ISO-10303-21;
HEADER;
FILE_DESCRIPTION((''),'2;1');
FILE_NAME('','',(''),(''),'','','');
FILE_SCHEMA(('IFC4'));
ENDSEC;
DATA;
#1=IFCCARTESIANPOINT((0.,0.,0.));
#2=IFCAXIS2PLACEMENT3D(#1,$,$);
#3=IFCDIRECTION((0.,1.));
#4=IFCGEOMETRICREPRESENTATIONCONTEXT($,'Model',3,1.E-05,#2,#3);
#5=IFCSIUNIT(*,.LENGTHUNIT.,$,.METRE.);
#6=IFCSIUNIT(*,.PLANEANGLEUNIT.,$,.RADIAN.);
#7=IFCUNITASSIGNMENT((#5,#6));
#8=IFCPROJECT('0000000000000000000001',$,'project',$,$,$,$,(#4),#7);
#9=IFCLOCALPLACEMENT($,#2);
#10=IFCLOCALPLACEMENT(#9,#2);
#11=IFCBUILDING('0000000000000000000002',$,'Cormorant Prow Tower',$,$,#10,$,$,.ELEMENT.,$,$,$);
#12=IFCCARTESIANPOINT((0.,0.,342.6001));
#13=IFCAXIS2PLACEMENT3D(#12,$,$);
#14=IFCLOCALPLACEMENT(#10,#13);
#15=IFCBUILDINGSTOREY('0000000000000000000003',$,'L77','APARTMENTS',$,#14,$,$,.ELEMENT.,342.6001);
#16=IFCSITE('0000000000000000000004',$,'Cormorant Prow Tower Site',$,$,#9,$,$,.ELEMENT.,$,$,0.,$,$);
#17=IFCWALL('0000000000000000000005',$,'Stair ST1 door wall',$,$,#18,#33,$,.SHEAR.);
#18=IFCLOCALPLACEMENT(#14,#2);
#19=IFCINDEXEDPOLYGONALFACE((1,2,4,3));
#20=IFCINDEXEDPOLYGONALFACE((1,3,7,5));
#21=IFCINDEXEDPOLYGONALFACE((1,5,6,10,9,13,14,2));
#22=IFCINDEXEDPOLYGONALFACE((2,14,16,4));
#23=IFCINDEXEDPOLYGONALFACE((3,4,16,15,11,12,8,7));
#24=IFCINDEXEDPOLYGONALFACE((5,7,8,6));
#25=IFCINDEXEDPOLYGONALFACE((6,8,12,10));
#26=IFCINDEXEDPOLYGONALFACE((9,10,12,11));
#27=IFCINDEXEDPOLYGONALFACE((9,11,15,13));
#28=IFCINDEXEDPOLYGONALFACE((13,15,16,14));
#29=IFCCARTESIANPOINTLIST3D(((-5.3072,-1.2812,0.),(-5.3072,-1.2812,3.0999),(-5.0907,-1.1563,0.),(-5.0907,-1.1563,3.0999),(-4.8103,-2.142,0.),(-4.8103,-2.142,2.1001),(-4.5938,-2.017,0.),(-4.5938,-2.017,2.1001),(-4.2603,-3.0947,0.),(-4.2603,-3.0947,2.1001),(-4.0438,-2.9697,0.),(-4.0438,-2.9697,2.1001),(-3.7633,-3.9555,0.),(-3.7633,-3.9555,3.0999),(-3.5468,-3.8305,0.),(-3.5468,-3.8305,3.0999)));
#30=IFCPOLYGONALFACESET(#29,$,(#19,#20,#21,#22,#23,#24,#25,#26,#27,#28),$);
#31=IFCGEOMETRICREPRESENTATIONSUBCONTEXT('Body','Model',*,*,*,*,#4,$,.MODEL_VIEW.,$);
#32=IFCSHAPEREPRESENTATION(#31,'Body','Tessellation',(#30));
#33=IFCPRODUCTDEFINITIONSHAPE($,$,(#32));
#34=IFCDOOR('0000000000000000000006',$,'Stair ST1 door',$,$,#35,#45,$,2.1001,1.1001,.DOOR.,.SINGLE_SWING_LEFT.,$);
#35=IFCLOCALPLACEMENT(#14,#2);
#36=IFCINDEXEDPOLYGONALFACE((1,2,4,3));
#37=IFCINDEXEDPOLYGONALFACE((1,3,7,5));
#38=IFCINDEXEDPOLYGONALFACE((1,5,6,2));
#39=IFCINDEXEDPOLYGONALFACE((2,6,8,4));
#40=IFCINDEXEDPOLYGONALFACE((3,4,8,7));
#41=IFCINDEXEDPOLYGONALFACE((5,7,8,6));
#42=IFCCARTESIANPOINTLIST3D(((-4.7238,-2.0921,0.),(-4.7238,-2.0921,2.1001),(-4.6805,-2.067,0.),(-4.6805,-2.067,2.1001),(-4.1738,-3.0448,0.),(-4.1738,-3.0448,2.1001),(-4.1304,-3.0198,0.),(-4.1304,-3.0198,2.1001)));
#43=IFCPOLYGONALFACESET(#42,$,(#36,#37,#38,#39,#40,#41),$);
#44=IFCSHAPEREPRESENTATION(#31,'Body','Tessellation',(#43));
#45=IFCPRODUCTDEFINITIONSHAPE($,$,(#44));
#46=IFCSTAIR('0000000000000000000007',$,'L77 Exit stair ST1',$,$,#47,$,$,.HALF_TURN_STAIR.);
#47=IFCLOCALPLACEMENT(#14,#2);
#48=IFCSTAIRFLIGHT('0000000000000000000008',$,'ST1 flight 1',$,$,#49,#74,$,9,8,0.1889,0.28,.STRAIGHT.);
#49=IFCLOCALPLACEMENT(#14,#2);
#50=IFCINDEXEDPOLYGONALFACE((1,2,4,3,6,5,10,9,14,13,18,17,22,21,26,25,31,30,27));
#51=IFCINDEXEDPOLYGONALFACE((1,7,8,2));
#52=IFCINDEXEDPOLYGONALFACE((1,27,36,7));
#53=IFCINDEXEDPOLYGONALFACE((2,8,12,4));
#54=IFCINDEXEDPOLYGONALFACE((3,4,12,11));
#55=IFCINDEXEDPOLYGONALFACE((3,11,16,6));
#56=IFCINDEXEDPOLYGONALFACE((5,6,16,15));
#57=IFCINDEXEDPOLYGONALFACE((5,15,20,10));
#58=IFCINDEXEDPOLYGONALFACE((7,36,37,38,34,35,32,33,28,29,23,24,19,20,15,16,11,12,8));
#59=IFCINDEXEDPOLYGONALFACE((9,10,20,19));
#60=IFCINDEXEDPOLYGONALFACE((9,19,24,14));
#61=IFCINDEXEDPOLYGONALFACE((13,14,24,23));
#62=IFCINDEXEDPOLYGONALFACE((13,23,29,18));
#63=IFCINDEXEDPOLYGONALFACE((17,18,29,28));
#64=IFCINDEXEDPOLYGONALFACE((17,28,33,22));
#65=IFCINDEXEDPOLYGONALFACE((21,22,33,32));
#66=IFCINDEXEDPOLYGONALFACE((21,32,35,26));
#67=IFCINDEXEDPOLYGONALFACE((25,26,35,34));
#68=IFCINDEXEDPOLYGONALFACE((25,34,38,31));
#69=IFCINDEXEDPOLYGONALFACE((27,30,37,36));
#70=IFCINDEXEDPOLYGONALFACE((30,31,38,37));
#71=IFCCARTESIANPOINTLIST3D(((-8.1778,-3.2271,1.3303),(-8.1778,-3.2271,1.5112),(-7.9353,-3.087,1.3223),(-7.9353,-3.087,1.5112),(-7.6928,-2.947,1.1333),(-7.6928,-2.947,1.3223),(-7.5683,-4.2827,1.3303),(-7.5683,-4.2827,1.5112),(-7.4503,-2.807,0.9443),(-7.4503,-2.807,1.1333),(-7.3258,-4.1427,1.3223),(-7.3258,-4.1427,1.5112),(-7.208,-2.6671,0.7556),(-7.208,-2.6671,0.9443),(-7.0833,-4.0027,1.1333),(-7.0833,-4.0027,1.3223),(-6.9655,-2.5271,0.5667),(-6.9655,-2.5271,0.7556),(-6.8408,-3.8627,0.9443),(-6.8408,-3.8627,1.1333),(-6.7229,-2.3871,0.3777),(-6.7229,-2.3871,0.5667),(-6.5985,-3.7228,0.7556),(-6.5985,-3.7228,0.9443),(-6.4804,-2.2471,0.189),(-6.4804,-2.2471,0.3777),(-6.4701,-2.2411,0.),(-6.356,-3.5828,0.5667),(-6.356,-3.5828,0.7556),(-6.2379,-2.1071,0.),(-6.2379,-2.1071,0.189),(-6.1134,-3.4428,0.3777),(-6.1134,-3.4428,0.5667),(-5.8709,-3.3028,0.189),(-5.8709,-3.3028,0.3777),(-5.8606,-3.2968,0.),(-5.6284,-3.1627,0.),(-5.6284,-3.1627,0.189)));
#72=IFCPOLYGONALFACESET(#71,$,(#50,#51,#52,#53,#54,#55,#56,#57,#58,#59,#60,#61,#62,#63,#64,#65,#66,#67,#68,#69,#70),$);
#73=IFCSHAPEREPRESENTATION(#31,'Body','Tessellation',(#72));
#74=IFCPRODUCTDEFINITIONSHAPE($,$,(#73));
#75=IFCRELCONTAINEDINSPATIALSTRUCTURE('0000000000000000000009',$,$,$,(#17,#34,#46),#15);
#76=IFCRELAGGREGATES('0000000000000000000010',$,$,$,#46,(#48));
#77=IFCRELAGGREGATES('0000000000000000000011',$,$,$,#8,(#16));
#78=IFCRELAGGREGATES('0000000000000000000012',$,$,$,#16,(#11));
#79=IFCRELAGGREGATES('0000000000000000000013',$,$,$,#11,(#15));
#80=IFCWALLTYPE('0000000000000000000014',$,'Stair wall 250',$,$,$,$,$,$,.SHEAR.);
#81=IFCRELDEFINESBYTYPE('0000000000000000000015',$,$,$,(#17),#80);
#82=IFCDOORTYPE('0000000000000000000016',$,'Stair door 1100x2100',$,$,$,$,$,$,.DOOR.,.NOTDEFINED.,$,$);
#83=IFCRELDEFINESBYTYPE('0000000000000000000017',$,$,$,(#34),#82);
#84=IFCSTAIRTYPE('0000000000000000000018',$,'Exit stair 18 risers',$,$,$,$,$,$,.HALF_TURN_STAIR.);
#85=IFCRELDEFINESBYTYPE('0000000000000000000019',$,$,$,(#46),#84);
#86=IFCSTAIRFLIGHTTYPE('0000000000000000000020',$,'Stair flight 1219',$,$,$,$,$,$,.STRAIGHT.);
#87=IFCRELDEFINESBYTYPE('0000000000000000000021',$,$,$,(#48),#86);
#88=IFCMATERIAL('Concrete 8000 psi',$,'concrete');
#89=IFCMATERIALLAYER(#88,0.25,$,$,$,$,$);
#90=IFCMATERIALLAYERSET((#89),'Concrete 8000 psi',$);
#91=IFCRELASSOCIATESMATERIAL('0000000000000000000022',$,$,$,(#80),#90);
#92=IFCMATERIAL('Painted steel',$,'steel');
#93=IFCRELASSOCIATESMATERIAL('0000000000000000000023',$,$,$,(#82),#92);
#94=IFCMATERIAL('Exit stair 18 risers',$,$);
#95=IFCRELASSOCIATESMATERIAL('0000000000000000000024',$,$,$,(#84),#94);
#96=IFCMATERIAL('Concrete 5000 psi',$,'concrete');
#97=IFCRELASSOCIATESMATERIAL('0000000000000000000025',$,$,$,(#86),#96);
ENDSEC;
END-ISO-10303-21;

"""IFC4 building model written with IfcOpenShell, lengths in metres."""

from ifc_helpers import new_model, si_unit, direction, frame, frame_2d, origin, place, context, subcontext, project, spatial, polyline, rectangle, outline, extrude, material, layer, layer_set, type_object, element, fill, aggregate, save


model = new_model("IFC4")

# Units and contexts
model_context = context("Model", 3, precision=1e-05, world=origin(), true_north=direction((0.0, 1.0)))
body_context = subcontext(model_context, "Body", "Model", "MODEL_VIEW")
ifc_project = project(units=[si_unit("LENGTHUNIT", "METRE"), si_unit("PLANEANGLEUNIT", "RADIAN")], contexts=[model_context])

# Site, building, storey
site_placement = place(None, origin())
site = spatial("IfcSite", under=ifc_project, at=site_placement, Name="Cormorant Prow Tower Site", CompositionType="ELEMENT", RefElevation=0.0)
building_placement = place(site_placement, origin())
building = spatial("IfcBuilding", under=site, at=building_placement, Name="Cormorant Prow Tower", CompositionType="ELEMENT")
storey_placement = place(building_placement, frame((0.0, 0.0, 342.6001)))
storey = spatial("IfcBuildingStorey", under=building, at=storey_placement, Name="L77", Description="APARTMENTS", CompositionType="ELEMENT", Elevation=342.6001)

# Wall, opening, door
ifc_material_1 = material(Name="Concrete 8000 psi", Category="concrete")
ifc_layer_1 = layer(ifc_material_1, 0.25)
ifc_layer_set_1 = layer_set([ifc_layer_1], Name="Concrete 8000 psi")
wall_type_1 = type_object("IfcWallType", Name="Stair wall 250", PredefinedType="SHEAR", material=ifc_layer_set_1)
wall_1_placement = place(storey_placement, frame((-5.199, -1.2188, 0.0), z_axis=(0.0, 0.0, 1.0), x_axis=(0.499983, -0.866035, 0.0)))
wall_1 = element("IfcWall", 1, at=wall_1_placement, inside=storey, type_object=wall_type_1, Name="Stair ST1 door wall", PredefinedType="SHEAR", context=body_context, shape_type="SweptSolid", body=[
    extrude(rectangle(XDim=3.0879, YDim=0.25, at=frame_2d((1.5439, 0.0))), origin(), (0.0, 0.0, 1.0), 3.0999),
])
opening_1_placement = place(wall_1_placement, frame((0.9939, 0.0, 0.0)))
opening_1 = element("IfcOpeningElement", 2, at=opening_1_placement, cuts=wall_1, PredefinedType="OPENING", context=body_context, shape_type="SweptSolid", body=[
    extrude(rectangle(XDim=1.1001, YDim=2.1001, at=frame_2d((0.55, 1.05))), frame((0.0, 0.135, 0.0), z_axis=(0.0, -1.0, 0.0), x_axis=(1.0, 0.0, 0.0)), (0.0, 0.0, 1.0), 0.27),
])
ifc_material_2 = material(Name="Painted steel", Category="steel")
door_type_1 = type_object("IfcDoorType", Name="Stair door 1100x2100", OperationType="NOTDEFINED", PredefinedType="DOOR", material=ifc_material_2)
door_1_placement = place(opening_1_placement, origin())
door_1 = element("IfcDoor", 3, at=door_1_placement, inside=storey, type_object=door_type_1, Name="Stair ST1 door", OperationType="SINGLE_SWING_LEFT", OverallHeight=2.1001, OverallWidth=1.1001, PredefinedType="DOOR", context=body_context, shape_type="SweptSolid", body=[
    extrude(rectangle(XDim=1.1001, YDim=2.1001, at=frame_2d((0.55, 1.05))), frame((0.0, 0.0249, 0.0), z_axis=(0.0, -1.0, 0.0), x_axis=(1.0, 0.0, 0.0)), (0.0, 0.0, 1.0), 0.05),
])
fill(opening_1, door_1)

# Stair, stair flight
ifc_material_3 = material(Name="Exit stair 18 risers")
stair_type = type_object("IfcStairType", Name="Exit stair 18 risers", PredefinedType="HALF_TURN_STAIR", material=ifc_material_3)
stair_placement = place(storey_placement, origin())
stair = element("IfcStair", 4, at=stair_placement, inside=storey, type_object=stair_type, Name="L77 Exit stair ST1", PredefinedType="HALF_TURN_STAIR")
ifc_material_4 = material(Name="Concrete 5000 psi", Category="concrete")
stair_flight_type = type_object("IfcStairFlightType", Name="Stair flight 1219", PredefinedType="STRAIGHT", material=ifc_material_4)
stair_flight_placement = place(storey_placement, frame((-5.9331, -2.635, 0.0), z_axis=(0.0, 0.0, 1.0), x_axis=(-0.866025, -0.5, 0.0)))
stair_flight = element("IfcStairFlight", 5, at=stair_flight_placement, type_object=stair_flight_type, Name="ST1 flight 1", NumberOfRisers=9, NumberOfTreads=8, PredefinedType="STRAIGHT", RiserHeight=0.1889, TreadLength=0.28, context=body_context, shape_type="SweptSolid", body=[
    extrude(outline(polyline([(0.0, 0.0), (0.0, 0.189), (0.28, 0.189), (0.28, 0.3777), (0.5601, 0.3777), (0.5601, 0.5667), (0.8401, 0.5667), (0.8401, 0.7556), (1.1201, 0.7556), (1.1201, 0.9443), (1.3999, 0.9443), (1.3999, 1.1333), (1.6799, 1.1333), (1.6799, 1.3223), (1.96, 1.3223), (1.96, 1.5112), (2.24, 1.5112), (2.24, 1.7), (2.24, 1.3303), (0.2681, 0.0), (0.0, 0.0)])), frame((0.0, 0.6094, 0.0), z_axis=(0.0, -1.0, 0.0), x_axis=(1.0, 0.0, 0.0)), (0.0, 0.0, 1.0), 1.219),
])
aggregate(stair, [stair_flight])

save(model, "model.ifc")
